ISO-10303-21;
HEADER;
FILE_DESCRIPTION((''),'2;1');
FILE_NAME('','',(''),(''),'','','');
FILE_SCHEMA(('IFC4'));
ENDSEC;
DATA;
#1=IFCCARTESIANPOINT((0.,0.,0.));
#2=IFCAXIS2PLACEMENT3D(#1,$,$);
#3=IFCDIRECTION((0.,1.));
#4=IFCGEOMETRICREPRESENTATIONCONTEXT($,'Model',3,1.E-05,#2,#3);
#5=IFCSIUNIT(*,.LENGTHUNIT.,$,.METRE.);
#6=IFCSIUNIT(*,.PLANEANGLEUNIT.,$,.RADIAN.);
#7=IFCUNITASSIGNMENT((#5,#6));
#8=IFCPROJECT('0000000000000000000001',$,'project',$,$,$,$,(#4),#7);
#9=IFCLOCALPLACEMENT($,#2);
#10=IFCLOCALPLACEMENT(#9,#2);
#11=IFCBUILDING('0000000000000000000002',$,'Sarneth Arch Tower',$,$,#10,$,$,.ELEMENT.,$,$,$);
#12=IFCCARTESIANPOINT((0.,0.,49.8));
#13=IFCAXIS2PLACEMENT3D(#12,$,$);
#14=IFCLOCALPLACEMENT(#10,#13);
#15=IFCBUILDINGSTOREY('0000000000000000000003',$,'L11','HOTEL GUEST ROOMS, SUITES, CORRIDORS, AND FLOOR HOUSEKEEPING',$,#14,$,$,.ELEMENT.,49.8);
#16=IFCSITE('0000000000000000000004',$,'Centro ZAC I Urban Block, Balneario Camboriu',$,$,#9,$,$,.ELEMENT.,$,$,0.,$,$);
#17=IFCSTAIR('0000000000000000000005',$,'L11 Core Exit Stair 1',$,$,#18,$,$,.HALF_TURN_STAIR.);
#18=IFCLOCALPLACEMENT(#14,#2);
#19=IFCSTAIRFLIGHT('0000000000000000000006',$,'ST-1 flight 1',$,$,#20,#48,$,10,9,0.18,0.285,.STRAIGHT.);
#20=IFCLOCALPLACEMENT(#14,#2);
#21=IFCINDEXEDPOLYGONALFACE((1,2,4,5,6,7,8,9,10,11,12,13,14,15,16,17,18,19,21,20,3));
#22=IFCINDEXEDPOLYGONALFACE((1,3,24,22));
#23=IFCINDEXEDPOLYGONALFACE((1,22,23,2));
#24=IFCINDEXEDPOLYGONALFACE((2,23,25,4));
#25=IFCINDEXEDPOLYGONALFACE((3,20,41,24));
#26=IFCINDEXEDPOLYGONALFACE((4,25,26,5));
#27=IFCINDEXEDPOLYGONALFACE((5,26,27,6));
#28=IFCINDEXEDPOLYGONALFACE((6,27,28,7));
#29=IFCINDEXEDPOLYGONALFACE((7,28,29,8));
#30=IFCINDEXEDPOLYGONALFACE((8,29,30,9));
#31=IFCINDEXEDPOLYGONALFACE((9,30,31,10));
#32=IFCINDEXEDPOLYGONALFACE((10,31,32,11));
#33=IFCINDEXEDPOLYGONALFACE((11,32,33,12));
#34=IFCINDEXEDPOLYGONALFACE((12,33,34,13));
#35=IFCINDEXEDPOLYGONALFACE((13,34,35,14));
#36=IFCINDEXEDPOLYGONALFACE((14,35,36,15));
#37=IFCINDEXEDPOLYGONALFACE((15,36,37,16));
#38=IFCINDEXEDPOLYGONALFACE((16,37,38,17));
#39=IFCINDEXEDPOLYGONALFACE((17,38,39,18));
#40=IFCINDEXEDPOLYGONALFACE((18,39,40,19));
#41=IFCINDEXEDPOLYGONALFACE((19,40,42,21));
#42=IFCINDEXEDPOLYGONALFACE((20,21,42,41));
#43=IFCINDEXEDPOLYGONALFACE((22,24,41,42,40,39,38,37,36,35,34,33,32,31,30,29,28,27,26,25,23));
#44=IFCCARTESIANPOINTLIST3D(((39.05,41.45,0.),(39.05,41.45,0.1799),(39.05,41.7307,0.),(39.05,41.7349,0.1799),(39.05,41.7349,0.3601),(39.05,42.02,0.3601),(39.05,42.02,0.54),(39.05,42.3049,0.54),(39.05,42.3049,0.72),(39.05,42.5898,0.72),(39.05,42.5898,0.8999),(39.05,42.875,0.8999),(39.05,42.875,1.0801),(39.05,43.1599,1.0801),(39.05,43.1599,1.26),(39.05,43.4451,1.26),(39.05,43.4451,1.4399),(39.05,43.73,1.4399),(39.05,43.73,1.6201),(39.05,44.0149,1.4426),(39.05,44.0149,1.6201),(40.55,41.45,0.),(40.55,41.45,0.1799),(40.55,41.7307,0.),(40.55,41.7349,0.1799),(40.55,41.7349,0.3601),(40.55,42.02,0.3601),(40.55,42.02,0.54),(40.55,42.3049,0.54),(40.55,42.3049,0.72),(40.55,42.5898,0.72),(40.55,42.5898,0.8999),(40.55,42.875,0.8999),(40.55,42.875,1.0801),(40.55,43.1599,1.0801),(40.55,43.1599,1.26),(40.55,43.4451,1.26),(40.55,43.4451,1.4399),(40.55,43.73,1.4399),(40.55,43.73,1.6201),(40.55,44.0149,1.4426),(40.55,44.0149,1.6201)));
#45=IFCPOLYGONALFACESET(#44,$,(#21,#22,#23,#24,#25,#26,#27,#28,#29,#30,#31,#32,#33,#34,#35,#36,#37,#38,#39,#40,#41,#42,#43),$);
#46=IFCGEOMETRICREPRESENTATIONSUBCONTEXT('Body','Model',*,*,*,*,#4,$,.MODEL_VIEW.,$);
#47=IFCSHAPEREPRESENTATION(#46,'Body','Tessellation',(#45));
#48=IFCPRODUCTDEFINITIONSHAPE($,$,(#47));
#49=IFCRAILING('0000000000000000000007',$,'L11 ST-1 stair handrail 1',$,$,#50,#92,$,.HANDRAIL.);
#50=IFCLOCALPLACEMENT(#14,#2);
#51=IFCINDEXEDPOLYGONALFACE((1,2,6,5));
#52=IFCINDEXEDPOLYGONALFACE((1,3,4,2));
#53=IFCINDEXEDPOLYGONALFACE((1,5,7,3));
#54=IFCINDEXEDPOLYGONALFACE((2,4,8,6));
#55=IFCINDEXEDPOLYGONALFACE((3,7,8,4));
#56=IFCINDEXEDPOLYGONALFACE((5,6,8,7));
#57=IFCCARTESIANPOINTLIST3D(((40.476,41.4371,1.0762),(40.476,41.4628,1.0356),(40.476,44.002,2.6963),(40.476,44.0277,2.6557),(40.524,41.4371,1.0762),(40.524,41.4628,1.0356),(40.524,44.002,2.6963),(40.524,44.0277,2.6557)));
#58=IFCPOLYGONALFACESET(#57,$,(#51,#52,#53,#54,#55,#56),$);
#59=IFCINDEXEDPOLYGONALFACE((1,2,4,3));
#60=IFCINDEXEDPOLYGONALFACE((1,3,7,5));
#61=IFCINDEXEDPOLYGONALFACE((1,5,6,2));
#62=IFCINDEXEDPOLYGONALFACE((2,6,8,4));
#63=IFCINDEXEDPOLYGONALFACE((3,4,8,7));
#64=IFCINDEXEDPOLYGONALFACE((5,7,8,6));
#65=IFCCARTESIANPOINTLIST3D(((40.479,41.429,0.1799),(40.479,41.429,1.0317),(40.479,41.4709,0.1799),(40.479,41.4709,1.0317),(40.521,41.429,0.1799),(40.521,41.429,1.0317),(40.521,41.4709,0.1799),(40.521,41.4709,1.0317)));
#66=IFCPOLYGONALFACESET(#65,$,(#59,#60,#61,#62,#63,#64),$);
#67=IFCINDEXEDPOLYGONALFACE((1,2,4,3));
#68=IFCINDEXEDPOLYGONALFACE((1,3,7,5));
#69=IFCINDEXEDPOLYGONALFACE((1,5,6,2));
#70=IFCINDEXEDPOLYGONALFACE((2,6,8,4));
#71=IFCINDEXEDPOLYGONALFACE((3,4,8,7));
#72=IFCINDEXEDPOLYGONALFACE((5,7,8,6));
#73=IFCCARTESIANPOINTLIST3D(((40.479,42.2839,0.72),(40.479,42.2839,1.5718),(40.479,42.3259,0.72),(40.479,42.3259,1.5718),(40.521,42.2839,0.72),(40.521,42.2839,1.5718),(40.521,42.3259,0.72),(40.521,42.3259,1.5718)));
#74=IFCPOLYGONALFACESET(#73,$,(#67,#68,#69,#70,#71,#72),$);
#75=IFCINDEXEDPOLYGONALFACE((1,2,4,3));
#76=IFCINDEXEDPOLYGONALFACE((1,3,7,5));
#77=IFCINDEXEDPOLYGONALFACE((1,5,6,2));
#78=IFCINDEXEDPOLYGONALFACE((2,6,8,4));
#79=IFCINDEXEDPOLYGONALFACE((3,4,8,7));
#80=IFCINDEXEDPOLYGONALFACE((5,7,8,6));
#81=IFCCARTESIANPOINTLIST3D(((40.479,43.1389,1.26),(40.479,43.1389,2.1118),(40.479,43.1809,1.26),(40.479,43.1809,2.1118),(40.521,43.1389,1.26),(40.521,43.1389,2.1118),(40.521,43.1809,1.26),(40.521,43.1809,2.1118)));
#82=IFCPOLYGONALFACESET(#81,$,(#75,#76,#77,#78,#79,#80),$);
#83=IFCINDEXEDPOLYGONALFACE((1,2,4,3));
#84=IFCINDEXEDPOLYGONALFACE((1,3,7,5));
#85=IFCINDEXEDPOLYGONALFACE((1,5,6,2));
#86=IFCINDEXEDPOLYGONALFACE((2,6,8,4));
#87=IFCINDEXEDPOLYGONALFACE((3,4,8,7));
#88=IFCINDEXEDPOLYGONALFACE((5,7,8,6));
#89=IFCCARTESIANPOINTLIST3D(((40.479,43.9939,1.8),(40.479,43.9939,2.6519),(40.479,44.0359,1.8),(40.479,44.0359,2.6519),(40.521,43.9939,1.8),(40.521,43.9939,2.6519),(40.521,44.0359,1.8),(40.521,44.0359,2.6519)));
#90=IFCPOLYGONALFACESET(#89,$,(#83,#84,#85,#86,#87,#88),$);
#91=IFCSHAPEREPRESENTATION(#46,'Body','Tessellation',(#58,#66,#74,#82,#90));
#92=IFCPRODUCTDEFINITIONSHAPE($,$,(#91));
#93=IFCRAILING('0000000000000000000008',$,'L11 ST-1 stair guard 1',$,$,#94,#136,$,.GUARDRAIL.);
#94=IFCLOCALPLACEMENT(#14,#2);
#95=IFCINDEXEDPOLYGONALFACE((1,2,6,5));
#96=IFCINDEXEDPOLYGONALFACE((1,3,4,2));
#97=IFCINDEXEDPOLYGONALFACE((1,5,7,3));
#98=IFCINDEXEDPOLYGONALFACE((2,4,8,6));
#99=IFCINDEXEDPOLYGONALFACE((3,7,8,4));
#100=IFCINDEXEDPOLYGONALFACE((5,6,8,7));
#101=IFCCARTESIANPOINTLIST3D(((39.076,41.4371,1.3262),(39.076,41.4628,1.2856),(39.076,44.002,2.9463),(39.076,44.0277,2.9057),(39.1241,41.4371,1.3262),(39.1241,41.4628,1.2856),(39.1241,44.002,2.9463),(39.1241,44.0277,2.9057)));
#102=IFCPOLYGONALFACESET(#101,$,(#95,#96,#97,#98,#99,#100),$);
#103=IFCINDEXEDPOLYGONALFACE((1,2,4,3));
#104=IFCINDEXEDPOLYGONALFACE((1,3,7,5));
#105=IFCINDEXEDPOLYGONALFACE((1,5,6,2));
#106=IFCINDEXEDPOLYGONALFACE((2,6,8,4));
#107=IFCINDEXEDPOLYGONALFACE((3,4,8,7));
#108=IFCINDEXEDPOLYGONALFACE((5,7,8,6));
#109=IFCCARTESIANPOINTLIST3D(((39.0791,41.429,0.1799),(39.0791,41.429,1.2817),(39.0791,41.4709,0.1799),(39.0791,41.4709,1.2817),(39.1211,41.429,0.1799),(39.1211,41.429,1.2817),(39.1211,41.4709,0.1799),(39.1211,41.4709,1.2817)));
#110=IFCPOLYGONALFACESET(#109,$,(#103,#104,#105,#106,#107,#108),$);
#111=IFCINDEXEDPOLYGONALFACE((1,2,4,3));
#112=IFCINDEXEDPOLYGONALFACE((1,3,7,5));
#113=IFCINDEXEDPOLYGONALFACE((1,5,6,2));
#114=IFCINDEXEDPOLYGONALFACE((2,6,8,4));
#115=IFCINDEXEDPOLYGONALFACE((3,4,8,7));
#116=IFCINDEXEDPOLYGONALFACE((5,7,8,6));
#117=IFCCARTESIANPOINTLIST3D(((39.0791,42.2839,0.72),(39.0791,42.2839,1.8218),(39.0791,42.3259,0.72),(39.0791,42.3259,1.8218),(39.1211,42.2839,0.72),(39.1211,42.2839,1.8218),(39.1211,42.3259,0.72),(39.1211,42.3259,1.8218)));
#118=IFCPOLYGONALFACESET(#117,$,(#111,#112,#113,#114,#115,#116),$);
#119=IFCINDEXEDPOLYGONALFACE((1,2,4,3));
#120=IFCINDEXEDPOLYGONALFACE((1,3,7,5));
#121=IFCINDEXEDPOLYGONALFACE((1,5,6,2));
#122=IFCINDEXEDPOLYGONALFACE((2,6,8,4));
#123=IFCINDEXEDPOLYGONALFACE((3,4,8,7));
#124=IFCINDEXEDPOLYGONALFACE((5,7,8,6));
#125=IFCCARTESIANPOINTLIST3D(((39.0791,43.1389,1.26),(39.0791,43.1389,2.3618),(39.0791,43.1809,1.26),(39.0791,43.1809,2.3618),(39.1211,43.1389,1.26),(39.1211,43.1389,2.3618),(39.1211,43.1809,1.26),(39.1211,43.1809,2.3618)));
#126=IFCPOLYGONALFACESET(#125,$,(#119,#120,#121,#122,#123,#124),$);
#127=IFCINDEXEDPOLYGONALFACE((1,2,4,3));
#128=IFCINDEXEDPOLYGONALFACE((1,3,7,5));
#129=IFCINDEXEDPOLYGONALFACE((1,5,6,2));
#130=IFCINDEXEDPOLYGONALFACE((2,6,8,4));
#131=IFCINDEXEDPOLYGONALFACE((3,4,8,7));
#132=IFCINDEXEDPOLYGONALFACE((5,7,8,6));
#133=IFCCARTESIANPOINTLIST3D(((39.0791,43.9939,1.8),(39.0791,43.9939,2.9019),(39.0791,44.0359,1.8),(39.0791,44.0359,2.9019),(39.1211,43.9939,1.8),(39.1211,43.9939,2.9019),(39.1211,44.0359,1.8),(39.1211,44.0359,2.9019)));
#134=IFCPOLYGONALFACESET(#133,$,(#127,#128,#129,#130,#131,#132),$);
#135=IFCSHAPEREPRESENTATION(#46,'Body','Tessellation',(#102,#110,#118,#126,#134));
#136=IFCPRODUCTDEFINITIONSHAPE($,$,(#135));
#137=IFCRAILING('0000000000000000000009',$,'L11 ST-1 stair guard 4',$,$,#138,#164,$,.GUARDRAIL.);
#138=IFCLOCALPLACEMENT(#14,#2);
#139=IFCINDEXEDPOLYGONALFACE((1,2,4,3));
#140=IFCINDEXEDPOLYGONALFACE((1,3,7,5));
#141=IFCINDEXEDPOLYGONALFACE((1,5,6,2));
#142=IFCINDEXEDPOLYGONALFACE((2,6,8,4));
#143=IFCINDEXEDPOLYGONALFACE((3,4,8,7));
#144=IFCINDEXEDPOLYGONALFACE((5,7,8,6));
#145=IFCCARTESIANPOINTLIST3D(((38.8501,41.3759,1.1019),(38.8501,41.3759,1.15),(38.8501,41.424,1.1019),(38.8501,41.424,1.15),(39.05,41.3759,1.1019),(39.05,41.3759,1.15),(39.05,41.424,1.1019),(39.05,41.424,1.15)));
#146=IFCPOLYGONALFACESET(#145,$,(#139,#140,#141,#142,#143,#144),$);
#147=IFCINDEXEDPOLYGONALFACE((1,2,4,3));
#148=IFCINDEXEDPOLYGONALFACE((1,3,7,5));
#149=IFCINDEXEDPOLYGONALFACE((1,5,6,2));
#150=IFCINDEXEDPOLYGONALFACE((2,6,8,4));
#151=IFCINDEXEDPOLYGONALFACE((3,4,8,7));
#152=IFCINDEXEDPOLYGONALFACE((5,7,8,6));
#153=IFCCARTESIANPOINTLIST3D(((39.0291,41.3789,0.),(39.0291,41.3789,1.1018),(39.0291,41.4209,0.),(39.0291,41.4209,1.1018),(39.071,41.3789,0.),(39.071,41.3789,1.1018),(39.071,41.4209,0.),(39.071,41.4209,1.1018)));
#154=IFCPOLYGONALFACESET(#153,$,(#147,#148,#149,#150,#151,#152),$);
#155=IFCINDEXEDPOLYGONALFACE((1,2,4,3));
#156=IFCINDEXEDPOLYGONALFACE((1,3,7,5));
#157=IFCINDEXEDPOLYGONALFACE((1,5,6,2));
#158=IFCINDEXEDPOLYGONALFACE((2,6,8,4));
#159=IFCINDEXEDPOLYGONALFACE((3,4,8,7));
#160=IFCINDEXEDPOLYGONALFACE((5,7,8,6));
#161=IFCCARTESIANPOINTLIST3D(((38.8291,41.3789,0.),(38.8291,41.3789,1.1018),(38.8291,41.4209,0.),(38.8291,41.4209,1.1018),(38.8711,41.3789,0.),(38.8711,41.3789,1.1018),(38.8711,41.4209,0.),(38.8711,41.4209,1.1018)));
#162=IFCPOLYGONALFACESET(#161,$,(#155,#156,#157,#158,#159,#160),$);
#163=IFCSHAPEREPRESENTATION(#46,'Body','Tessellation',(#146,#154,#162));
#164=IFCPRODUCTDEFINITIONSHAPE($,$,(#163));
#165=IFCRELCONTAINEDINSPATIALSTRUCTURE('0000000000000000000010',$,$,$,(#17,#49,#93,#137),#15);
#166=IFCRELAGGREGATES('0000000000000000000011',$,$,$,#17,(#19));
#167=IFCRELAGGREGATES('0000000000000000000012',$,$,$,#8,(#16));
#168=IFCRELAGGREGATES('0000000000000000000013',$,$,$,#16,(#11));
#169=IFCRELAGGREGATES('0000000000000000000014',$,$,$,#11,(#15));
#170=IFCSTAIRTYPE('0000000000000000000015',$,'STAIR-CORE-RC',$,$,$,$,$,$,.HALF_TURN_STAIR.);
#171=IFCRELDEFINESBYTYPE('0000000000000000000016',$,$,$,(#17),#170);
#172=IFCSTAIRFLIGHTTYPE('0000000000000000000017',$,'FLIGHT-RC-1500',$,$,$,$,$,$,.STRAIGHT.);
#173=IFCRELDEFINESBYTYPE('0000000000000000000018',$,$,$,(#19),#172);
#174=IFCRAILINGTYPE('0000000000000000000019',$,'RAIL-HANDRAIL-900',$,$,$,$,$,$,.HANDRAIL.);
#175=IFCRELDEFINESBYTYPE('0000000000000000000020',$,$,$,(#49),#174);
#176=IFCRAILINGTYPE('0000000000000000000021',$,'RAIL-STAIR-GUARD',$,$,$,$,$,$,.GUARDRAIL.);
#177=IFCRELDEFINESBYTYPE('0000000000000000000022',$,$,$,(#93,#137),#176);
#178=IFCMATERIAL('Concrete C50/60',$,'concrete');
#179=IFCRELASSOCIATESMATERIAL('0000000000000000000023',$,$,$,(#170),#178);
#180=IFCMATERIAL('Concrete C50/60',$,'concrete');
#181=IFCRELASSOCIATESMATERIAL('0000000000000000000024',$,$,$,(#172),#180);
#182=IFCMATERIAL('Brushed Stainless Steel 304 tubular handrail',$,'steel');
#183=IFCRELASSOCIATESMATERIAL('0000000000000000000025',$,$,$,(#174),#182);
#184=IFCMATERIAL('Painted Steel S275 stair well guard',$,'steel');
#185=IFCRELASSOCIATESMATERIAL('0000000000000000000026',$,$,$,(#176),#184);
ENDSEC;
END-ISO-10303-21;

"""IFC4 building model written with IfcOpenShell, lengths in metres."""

from ifc_helpers import new_model, si_unit, direction, frame, origin, origin_2d, place, context, subcontext, project, spatial, polyline, rectangle, outline, extrude, material, type_object, element, aggregate, save


model = new_model("IFC4")

# Units and contexts
model_context = context("Model", 3, precision=1e-05, world=origin(), true_north=direction((0.0, 1.0)))
body_context = subcontext(model_context, "Body", "Model", "MODEL_VIEW")
ifc_project = project(units=[si_unit("LENGTHUNIT", "METRE"), si_unit("PLANEANGLEUNIT", "RADIAN")], contexts=[model_context])

# Site, building, storey
site_placement = place(None, origin())
site = spatial("IfcSite", under=ifc_project, at=site_placement, Name="Centro ZAC I Urban Block, Balneario Camboriu", CompositionType="ELEMENT", RefElevation=0.0)
building_placement = place(site_placement, origin())
building = spatial("IfcBuilding", under=site, at=building_placement, Name="Sarneth Arch Tower", CompositionType="ELEMENT")
storey_placement = place(building_placement, frame((0.0, 0.0, 49.8)))
storey = spatial("IfcBuildingStorey", under=building, at=storey_placement, Name="L11", Description="HOTEL GUEST ROOMS, SUITES, CORRIDORS, AND FLOOR HOUSEKEEPING", CompositionType="ELEMENT", Elevation=49.8)

# Stair, stair flight
ifc_material_1 = material(Name="Concrete C50/60", Category="concrete")
stair_type = type_object("IfcStairType", Name="STAIR-CORE-RC", PredefinedType="HALF_TURN_STAIR", material=ifc_material_1)
stair_placement = place(storey_placement, origin())
stair = element("IfcStair", 1, at=stair_placement, inside=storey, type_object=stair_type, Name="L11 Core Exit Stair 1", PredefinedType="HALF_TURN_STAIR")
ifc_material_2 = material(Name="Concrete C50/60", Category="concrete")
stair_flight_type = type_object("IfcStairFlightType", Name="FLIGHT-RC-1500", PredefinedType="STRAIGHT", material=ifc_material_2)
stair_flight_placement = place(storey_placement, frame((39.8, 41.45, 0.0), z_axis=(0.0, 0.0, 1.0), x_axis=(0.0, 1.0, 0.0)))
stair_flight = element("IfcStairFlight", 2, at=stair_flight_placement, type_object=stair_flight_type, Name="ST-1 flight 1", NumberOfRisers=10, NumberOfTreads=9, PredefinedType="STRAIGHT", RiserHeight=0.18, TreadLength=0.285, context=body_context, shape_type="SweptSolid", body=[
    extrude(outline(polyline([(0.0, 0.0), (0.0, 0.1799), (0.2849, 0.1799), (0.2849, 0.3601), (0.5701, 0.3601), (0.5701, 0.54), (0.855, 0.54), (0.855, 0.72), (1.1399, 0.72), (1.1399, 0.8999), (1.425, 0.8999), (1.425, 1.0801), (1.71, 1.0801), (1.71, 1.26), (1.9951, 1.26), (1.9951, 1.4399), (2.28, 1.4399), (2.28, 1.6201), (2.5649, 1.6201), (2.5649, 1.8), (2.5649, 1.4426), (0.2808, 0.0), (0.0, 0.0)])), frame((0.0, 0.75, 0.0), z_axis=(0.0, -1.0, 0.0), x_axis=(1.0, 0.0, 0.0)), (0.0, 0.0, 1.0), 1.5),
])
aggregate(stair, [stair_flight])

# Railings
ifc_material_3 = material(Name="Brushed Stainless Steel 304 tubular handrail", Category="steel")
railing_type_1 = type_object("IfcRailingType", Name="RAIL-HANDRAIL-900", PredefinedType="HANDRAIL", material=ifc_material_3)
railing_1_placement = place(storey_placement, frame((40.5, 41.45, 0.1799)))
element("IfcRailing", 3, at=railing_1_placement, inside=storey, type_object=railing_type_1, Name="L11 ST-1 stair handrail 1", PredefinedType="HANDRAIL", context=body_context, shape_type="SweptSolid", body=[
    extrude(rectangle(XDim=0.0481, YDim=0.0481, at=origin_2d()), frame((0.0, 0.0, 0.876), z_axis=(0.0, 0.845466, 0.534029), x_axis=(-1.0, 0.0, 0.0)), (0.0, 0.0, 1.0), 3.0337),
    extrude(rectangle(XDim=0.042, YDim=0.042, at=origin_2d()), origin(), (0.0, 0.0, 1.0), 0.8518),
    extrude(rectangle(XDim=0.042, YDim=0.042, at=origin_2d()), frame((0.0, 0.855, 0.54)), (0.0, 0.0, 1.0), 0.8518),
    extrude(rectangle(XDim=0.042, YDim=0.042, at=origin_2d()), frame((0.0, 1.71, 1.0801)), (0.0, 0.0, 1.0), 0.8518),
    extrude(rectangle(XDim=0.042, YDim=0.042, at=origin_2d()), frame((0.0, 2.5649, 1.6201)), (0.0, 0.0, 1.0), 0.8518),
])
ifc_material_4 = material(Name="Painted Steel S275 stair well guard", Category="steel")
railing_type_2 = type_object("IfcRailingType", Name="RAIL-STAIR-GUARD", PredefinedType="GUARDRAIL", material=ifc_material_4)
railing_2_placement = place(storey_placement, frame((39.1001, 41.45, 0.1799)))
element("IfcRailing", 4, at=railing_2_placement, inside=storey, type_object=railing_type_2, Name="L11 ST-1 stair guard 1", PredefinedType="GUARDRAIL", context=body_context, shape_type="SweptSolid", body=[
    extrude(rectangle(XDim=0.0481, YDim=0.0481, at=origin_2d()), frame((0.0, 0.0, 1.126), z_axis=(0.0, 0.845466, 0.534029), x_axis=(-1.0, 0.0, 0.0)), (0.0, 0.0, 1.0), 3.0337),
    extrude(rectangle(XDim=0.042, YDim=0.042, at=origin_2d()), origin(), (0.0, 0.0, 1.0), 1.1018),
    extrude(rectangle(XDim=0.042, YDim=0.042, at=origin_2d()), frame((0.0, 0.855, 0.54)), (0.0, 0.0, 1.0), 1.1018),
    extrude(rectangle(XDim=0.042, YDim=0.042, at=origin_2d()), frame((0.0, 1.71, 1.0801)), (0.0, 0.0, 1.0), 1.1018),
    extrude(rectangle(XDim=0.042, YDim=0.042, at=origin_2d()), frame((0.0, 2.5649, 1.6201)), (0.0, 0.0, 1.0), 1.1018),
])
railing_3_placement = place(storey_placement, frame((39.05, 41.3999, 0.0)))
element("IfcRailing", 5, at=railing_3_placement, inside=storey, type_object=railing_type_2, Name="L11 ST-1 stair guard 4", PredefinedType="GUARDRAIL", context=body_context, shape_type="SweptSolid", body=[
    extrude(rectangle(XDim=0.0481, YDim=0.0481, at=origin_2d()), frame((0.0, 0.0, 1.126), z_axis=(-1.0, 0.0, 0.0), x_axis=(0.0, -1.0, 0.0)), (0.0, 0.0, 1.0), 0.2),
    extrude(rectangle(XDim=0.042, YDim=0.042, at=origin_2d()), origin(), (0.0, 0.0, 1.0), 1.1018),
    extrude(rectangle(XDim=0.042, YDim=0.042, at=origin_2d()), frame((-0.2, 0.0, 0.0)), (0.0, 0.0, 1.0), 1.1018),
])

save(model, "model.ifc")
